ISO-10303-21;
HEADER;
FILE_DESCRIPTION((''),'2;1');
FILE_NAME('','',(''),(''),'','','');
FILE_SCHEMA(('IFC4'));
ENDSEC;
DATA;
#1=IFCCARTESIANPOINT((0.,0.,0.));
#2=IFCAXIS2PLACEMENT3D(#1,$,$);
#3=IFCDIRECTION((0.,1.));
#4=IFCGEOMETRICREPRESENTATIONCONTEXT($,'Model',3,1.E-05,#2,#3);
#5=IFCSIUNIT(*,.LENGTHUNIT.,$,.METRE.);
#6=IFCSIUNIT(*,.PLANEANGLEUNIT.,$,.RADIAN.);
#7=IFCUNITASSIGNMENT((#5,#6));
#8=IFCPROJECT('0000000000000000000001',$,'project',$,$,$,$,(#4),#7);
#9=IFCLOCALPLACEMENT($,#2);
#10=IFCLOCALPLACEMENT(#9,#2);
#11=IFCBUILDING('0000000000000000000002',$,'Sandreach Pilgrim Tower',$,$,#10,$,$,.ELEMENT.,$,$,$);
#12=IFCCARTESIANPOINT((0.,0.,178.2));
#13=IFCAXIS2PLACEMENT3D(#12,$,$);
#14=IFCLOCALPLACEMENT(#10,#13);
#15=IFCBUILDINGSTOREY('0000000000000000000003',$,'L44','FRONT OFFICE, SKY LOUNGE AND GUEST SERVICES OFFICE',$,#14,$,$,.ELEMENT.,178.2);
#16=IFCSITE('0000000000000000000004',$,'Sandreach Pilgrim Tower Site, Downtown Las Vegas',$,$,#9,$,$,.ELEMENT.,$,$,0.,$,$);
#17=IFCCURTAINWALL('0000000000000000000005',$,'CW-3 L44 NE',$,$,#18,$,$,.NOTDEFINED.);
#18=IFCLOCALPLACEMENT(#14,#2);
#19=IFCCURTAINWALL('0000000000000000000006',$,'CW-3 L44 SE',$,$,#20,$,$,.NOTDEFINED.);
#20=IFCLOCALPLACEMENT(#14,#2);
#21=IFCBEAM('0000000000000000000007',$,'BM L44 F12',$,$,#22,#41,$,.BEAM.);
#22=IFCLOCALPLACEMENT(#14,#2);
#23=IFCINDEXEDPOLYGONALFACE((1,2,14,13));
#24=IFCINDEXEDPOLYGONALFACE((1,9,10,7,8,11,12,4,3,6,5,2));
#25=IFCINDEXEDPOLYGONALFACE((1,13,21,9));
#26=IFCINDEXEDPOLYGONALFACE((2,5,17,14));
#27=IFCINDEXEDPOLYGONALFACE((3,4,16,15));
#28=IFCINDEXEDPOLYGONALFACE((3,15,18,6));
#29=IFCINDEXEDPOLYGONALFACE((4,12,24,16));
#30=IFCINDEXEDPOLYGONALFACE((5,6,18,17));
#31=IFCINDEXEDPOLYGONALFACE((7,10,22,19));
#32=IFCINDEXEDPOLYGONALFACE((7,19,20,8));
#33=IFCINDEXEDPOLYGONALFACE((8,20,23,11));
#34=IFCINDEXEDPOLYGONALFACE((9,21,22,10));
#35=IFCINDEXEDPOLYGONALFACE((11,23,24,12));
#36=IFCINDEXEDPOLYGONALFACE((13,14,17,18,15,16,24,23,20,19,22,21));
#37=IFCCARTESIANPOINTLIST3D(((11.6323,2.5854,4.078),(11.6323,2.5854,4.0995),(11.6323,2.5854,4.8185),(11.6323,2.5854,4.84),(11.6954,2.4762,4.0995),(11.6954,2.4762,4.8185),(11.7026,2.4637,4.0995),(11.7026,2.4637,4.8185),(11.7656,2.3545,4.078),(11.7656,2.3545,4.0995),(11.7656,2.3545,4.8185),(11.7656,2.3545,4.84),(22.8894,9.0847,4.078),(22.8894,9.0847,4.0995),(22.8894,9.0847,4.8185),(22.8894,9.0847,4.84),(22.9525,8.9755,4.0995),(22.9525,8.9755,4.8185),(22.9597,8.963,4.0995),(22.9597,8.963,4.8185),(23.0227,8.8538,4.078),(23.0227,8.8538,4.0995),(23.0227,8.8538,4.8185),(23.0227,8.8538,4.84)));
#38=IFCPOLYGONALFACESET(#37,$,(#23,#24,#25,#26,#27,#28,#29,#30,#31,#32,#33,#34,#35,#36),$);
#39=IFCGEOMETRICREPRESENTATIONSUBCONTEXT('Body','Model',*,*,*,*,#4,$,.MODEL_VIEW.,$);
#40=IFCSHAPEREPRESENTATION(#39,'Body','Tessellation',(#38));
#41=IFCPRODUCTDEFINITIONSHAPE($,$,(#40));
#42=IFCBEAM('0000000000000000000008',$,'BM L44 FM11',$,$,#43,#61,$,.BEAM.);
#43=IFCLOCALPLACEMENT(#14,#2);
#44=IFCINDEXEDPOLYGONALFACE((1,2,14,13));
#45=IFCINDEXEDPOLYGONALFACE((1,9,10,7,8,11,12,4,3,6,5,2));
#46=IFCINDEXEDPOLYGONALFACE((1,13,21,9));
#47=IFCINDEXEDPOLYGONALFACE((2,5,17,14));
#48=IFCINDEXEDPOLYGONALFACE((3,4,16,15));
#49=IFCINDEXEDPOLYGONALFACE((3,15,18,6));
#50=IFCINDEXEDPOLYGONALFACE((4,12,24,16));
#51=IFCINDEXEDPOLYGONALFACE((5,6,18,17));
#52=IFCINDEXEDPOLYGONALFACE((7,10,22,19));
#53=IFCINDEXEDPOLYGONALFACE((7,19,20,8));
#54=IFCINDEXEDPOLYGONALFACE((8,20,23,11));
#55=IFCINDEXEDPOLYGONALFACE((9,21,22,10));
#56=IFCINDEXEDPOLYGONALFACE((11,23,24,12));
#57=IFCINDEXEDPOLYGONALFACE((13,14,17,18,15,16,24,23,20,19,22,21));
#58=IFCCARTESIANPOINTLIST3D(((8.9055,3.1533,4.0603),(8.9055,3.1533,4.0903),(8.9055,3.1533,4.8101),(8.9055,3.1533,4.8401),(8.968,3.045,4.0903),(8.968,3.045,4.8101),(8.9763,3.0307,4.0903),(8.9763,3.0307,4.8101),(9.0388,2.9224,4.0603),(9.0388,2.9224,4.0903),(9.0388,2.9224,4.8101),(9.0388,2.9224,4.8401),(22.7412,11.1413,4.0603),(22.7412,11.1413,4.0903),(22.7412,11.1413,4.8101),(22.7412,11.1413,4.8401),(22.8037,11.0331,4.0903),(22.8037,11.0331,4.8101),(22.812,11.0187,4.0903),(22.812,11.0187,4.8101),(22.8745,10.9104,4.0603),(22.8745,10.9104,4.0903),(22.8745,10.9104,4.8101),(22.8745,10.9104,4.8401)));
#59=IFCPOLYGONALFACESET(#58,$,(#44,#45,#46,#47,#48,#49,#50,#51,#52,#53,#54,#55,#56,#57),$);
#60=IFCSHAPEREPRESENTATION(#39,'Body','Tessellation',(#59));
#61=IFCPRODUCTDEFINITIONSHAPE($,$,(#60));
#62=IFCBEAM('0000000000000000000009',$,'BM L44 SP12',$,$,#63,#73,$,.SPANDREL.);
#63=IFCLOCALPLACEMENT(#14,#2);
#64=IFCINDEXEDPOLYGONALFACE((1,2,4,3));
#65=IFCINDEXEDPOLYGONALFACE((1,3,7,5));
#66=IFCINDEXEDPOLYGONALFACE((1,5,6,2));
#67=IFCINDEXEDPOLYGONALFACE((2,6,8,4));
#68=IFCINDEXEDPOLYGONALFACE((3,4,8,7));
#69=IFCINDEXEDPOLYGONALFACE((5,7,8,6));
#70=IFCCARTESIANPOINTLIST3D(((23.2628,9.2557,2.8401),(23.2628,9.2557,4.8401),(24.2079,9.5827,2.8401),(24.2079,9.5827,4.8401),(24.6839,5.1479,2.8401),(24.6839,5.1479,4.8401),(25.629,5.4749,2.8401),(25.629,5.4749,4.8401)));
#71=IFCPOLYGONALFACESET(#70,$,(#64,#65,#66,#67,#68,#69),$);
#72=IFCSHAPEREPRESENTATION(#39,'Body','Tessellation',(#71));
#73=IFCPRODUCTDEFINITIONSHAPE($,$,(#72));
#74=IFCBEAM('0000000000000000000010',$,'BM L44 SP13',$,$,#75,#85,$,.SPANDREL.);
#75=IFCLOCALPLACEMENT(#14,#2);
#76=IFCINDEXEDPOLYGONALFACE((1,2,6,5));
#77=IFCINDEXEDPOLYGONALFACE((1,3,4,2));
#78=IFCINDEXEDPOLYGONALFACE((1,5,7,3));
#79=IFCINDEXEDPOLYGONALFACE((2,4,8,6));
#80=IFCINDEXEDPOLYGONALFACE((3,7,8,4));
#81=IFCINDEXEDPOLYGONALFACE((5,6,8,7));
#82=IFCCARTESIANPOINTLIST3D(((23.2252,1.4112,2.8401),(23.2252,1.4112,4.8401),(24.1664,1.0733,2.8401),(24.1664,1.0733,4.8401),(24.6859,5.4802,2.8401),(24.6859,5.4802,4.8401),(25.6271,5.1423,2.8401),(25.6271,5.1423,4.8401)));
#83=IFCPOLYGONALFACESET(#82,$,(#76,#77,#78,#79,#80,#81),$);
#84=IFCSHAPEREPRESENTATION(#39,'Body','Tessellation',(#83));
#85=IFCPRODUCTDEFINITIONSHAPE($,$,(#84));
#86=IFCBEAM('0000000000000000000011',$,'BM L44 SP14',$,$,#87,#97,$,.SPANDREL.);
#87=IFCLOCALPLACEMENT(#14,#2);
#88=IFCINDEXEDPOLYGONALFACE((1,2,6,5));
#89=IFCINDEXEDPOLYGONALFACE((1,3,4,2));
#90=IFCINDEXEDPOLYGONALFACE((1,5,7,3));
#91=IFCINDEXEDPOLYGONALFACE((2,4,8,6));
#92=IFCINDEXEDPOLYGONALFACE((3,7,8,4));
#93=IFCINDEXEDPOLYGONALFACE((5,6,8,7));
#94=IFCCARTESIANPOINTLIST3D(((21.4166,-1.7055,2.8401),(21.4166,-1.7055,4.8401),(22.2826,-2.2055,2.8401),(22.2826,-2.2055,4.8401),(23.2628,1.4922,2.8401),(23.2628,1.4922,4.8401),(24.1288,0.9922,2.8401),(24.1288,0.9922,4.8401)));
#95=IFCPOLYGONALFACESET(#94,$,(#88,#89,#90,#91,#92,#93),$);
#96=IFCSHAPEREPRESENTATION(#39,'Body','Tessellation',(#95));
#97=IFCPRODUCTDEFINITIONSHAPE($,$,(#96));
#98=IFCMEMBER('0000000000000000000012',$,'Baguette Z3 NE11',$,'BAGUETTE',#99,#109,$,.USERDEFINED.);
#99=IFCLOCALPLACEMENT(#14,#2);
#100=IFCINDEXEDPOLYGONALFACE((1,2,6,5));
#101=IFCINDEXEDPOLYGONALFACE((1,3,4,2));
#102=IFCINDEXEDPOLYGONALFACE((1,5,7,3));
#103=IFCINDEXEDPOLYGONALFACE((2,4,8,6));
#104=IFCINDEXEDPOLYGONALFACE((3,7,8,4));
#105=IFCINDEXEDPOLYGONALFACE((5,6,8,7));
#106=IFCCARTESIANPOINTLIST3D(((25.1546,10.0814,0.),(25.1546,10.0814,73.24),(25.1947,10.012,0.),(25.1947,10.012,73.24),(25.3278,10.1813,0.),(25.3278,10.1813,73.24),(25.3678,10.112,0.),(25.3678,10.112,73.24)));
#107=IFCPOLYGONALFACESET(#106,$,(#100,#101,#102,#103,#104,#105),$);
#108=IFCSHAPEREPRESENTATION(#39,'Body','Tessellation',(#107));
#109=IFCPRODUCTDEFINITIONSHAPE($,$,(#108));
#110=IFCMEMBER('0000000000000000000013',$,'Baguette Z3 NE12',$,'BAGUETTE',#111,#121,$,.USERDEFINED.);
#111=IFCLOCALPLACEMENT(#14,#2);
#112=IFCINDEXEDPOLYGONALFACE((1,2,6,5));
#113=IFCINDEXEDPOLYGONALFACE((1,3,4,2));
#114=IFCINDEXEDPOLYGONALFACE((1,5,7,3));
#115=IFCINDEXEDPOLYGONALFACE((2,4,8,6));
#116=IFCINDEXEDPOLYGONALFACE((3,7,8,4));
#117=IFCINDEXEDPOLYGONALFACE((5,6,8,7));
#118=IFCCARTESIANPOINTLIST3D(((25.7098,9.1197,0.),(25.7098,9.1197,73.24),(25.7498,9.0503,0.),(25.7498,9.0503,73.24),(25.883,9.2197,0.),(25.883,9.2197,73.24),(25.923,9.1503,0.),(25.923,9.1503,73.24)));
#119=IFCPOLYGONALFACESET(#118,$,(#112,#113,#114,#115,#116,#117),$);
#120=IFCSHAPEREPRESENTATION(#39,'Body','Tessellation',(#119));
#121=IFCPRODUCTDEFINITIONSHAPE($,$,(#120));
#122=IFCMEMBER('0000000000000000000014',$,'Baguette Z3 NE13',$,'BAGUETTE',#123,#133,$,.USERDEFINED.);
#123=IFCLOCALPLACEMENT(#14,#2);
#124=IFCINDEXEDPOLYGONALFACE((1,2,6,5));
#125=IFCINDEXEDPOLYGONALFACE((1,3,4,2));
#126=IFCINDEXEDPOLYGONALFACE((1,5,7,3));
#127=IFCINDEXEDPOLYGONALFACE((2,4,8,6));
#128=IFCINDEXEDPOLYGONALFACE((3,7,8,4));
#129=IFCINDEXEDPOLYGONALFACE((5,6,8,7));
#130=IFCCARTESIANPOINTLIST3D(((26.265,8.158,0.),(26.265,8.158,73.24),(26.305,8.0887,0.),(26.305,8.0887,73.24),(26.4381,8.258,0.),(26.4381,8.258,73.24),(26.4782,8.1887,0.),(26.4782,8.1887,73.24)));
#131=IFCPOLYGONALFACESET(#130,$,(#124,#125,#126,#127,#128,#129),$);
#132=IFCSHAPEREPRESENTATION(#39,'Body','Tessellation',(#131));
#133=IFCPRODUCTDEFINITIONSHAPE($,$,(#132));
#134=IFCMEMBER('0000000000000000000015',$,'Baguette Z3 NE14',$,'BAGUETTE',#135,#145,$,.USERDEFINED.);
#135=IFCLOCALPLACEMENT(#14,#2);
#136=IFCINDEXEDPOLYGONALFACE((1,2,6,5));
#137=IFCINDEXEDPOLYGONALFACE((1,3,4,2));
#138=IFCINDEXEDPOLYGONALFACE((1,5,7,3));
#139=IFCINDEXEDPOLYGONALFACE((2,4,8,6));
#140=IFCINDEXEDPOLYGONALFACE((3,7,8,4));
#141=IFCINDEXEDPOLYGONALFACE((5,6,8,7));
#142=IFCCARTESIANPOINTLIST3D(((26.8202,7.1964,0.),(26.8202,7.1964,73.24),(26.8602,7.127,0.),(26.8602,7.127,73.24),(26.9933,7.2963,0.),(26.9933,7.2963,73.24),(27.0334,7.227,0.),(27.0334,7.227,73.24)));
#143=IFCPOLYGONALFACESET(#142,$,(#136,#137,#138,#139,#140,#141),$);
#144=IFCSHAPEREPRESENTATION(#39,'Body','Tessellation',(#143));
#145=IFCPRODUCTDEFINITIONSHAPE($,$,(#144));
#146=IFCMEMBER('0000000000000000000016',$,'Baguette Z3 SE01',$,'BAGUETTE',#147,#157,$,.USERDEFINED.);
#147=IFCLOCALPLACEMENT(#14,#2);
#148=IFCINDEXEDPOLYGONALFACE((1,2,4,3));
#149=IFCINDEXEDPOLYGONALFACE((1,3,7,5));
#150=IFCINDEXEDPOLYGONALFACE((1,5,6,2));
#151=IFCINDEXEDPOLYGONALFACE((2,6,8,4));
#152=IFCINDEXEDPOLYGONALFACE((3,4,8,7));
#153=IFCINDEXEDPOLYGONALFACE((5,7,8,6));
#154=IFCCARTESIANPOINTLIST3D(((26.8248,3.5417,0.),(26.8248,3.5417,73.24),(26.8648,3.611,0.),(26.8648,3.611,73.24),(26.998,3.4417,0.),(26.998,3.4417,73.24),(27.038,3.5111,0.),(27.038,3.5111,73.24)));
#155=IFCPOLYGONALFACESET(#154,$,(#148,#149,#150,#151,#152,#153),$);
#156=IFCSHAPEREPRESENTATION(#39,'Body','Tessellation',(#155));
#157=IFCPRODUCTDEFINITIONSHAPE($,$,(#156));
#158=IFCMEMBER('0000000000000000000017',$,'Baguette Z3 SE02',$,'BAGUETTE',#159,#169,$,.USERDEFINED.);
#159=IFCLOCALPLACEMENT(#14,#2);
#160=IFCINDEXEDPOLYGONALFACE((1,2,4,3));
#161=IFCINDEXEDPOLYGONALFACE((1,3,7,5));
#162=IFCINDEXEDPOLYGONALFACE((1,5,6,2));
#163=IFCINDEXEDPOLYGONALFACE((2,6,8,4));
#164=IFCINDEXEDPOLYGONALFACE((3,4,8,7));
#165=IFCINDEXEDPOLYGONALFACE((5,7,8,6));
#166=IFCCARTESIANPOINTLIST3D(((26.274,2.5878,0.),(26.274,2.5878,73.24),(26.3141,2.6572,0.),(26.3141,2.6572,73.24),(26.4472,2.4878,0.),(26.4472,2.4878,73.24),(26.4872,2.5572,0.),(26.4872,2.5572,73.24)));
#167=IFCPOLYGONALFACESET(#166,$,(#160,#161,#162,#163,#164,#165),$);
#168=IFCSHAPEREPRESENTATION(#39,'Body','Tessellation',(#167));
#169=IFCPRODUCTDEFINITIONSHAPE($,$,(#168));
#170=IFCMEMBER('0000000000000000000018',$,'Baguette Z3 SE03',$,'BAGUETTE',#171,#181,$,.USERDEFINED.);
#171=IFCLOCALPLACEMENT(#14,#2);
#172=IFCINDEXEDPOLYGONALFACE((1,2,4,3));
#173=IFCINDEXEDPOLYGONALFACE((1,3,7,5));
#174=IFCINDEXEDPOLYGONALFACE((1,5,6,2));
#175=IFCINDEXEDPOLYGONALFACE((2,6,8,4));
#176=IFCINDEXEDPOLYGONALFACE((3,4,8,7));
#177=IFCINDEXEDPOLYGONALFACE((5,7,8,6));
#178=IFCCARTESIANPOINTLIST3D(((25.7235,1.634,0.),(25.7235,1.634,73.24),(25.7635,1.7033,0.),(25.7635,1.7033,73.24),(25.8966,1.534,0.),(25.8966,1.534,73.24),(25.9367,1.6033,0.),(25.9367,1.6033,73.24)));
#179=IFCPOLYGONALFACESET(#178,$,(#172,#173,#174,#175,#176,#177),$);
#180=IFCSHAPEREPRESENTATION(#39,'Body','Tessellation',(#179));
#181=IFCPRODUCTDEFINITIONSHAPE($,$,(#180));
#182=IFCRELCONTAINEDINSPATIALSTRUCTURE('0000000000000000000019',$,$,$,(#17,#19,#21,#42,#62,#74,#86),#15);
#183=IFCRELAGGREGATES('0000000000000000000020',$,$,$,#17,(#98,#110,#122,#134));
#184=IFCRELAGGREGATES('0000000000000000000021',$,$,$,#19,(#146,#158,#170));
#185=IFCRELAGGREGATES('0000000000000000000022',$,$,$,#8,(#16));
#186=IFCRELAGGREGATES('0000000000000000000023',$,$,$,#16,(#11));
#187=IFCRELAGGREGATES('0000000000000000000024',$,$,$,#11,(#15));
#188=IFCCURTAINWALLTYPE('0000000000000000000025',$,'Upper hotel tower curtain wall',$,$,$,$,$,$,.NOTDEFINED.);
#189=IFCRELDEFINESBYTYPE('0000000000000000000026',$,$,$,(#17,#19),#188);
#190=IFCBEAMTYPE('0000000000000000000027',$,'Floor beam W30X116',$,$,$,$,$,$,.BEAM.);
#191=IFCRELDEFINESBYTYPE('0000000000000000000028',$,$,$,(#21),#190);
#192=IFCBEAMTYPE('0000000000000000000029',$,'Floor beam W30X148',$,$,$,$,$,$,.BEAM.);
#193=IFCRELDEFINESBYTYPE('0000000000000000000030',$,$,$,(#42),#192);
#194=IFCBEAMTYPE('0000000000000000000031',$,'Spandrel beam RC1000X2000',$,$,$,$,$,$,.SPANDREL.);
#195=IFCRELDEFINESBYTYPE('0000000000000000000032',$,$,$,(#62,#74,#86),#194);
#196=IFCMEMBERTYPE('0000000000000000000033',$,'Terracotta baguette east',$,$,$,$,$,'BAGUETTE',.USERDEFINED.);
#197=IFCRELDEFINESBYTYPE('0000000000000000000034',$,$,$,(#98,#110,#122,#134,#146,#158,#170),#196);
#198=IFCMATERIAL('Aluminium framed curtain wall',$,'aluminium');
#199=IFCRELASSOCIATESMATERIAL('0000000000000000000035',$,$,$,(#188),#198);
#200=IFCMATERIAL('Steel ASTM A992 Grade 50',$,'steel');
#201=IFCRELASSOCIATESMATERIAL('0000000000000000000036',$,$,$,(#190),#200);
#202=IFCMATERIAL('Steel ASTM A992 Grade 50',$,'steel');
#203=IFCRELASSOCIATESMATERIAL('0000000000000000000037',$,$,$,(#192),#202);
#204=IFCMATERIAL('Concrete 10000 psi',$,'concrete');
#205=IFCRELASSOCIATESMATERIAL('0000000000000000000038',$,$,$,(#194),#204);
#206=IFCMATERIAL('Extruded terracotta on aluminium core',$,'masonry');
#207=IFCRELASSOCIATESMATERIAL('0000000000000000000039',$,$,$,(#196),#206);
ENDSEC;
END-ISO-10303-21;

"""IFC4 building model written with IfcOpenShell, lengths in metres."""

from ifc_helpers import new_model, si_unit, direction, frame, origin, origin_2d, place, context, subcontext, project, spatial, rectangle, i_section, extrude, material, material_profile, profile_set, type_object, element, aggregate, save


model = new_model("IFC4")

# Units and contexts
model_context = context("Model", 3, precision=1e-05, world=origin(), true_north=direction((0.0, 1.0)))
body_context = subcontext(model_context, "Body", "Model", "MODEL_VIEW")
ifc_project = project(units=[si_unit("LENGTHUNIT", "METRE"), si_unit("PLANEANGLEUNIT", "RADIAN")], contexts=[model_context])

# Site, building, storey
site_placement = place(None, origin())
site = spatial("IfcSite", under=ifc_project, at=site_placement, Name="Sandreach Pilgrim Tower Site, Downtown Las Vegas", CompositionType="ELEMENT", RefElevation=0.0)
building_placement = place(site_placement, origin())
building = spatial("IfcBuilding", under=site, at=building_placement, Name="Sandreach Pilgrim Tower", CompositionType="ELEMENT")
storey_placement = place(building_placement, frame((0.0, 0.0, 178.2)))
storey = spatial("IfcBuildingStorey", under=building, at=storey_placement, Name="L44", Description="FRONT OFFICE, SKY LOUNGE AND GUEST SERVICES OFFICE", CompositionType="ELEMENT", Elevation=178.2)

# Curtain walls
ifc_material_1 = material(Name="Aluminium framed curtain wall", Category="aluminium")
curtain_wall_type = type_object("IfcCurtainWallType", Name="Upper hotel tower curtain wall", PredefinedType="NOTDEFINED", material=ifc_material_1)
curtain_wall_1_placement = place(storey_placement, origin())
curtain_wall_1 = element("IfcCurtainWall", 1, at=curtain_wall_1_placement, inside=storey, type_object=curtain_wall_type, Name="CW-3 L44 NE", PredefinedType="NOTDEFINED")
curtain_wall_2_placement = place(storey_placement, origin())
curtain_wall_2 = element("IfcCurtainWall", 2, at=curtain_wall_2_placement, inside=storey, type_object=curtain_wall_type, Name="CW-3 L44 SE", PredefinedType="NOTDEFINED")

# Beams
ifc_material_2 = material(Name="Steel ASTM A992 Grade 50", Category="steel")
ifc_material_profile_1 = material_profile(ifc_material_2, i_section(OverallWidth=0.2666, OverallDepth=0.762, WebThickness=0.0144, FlangeThickness=0.0215, at=origin_2d()), Name="W30X116")
ifc_profile_set_1 = profile_set([ifc_material_profile_1], Name="Steel ASTM A992 Grade 50")
beam_type_1 = type_object("IfcBeamType", Name="Floor beam W30X116", PredefinedType="BEAM", material=ifc_profile_set_1)
beam_1_placement = place(storey_placement, frame((22.9561, 8.9692, 4.459), z_axis=(-0.866026, -0.499999, 0.0), x_axis=(0.499999, -0.866026, 0.0)))
element("IfcBeam", 3, at=beam_1_placement, inside=storey, type_object=beam_type_1, Name="BM L44 F12", PredefinedType="BEAM", context=body_context, shape_type="SweptSolid", body=[
    extrude(i_section(OverallWidth=0.2666, OverallDepth=0.762, WebThickness=0.0144, FlangeThickness=0.0215, at=origin_2d()), origin(), (0.0, 0.0, 1.0), 12.9985),
])
ifc_material_3 = material(Name="Steel ASTM A992 Grade 50", Category="steel")
ifc_material_profile_2 = material_profile(ifc_material_3, i_section(OverallWidth=0.2666, OverallDepth=0.7798, WebThickness=0.0166, FlangeThickness=0.03, at=origin_2d()), Name="W30X148")
ifc_profile_set_2 = profile_set([ifc_material_profile_2], Name="Steel ASTM A992 Grade 50")
beam_type_2 = type_object("IfcBeamType", Name="Floor beam W30X148", PredefinedType="BEAM", material=ifc_profile_set_2)
beam_2_placement = place(storey_placement, frame((22.8079, 11.0259, 4.4502), z_axis=(-0.866026, -0.5, 0.0), x_axis=(0.5, -0.866026, 0.0)))
element("IfcBeam", 4, at=beam_2_placement, inside=storey, type_object=beam_type_2, Name="BM L44 FM11", PredefinedType="BEAM", context=body_context, shape_type="SweptSolid", body=[
    extrude(i_section(OverallWidth=0.2666, OverallDepth=0.7798, WebThickness=0.0166, FlangeThickness=0.03, at=origin_2d()), origin(), (0.0, 0.0, 1.0), 15.9761),
])
ifc_material_4 = material(Name="Concrete 10000 psi", Category="concrete")
ifc_material_profile_3 = material_profile(ifc_material_4, rectangle(XDim=1.0, YDim=2.0, at=origin_2d()), Name="RC1000X2000")
ifc_profile_set_3 = profile_set([ifc_material_profile_3], Name="Concrete 10000 psi")
beam_type_3 = type_object("IfcBeamType", Name="Spandrel beam RC1000X2000", PredefinedType="SPANDREL", material=ifc_profile_set_3)
beam_3_placement = place(storey_placement, frame((23.7354, 9.4192, 3.8401), z_axis=(0.326941, -0.945045, 0.0), x_axis=(0.945045, 0.326941, 0.0)))
element("IfcBeam", 5, at=beam_3_placement, inside=storey, type_object=beam_type_3, Name="BM L44 SP12", PredefinedType="SPANDREL", context=body_context, shape_type="SweptSolid", body=[
    extrude(rectangle(XDim=1.0, YDim=2.0, at=origin_2d()), origin(), (0.0, 0.0, 1.0), 4.3467),
])
beam_4_placement = place(storey_placement, frame((25.1565, 5.3113, 3.8401), z_axis=(-0.337863, -0.941195, 0.0), x_axis=(0.941195, -0.337863, 0.0)))
element("IfcBeam", 6, at=beam_4_placement, inside=storey, type_object=beam_type_3, Name="BM L44 SP13", PredefinedType="SPANDREL", context=body_context, shape_type="SweptSolid", body=[
    extrude(rectangle(XDim=1.0, YDim=2.0, at=origin_2d()), origin(), (0.0, 0.0, 1.0), 4.3232),
])
beam_5_placement = place(storey_placement, frame((23.6958, 1.2422, 3.8401), z_axis=(-0.499993, -0.866029, 0.0), x_axis=(0.866029, -0.499993, 0.0)))
element("IfcBeam", 7, at=beam_5_placement, inside=storey, type_object=beam_type_3, Name="BM L44 SP14", PredefinedType="SPANDREL", context=body_context, shape_type="SweptSolid", body=[
    extrude(rectangle(XDim=1.0, YDim=2.0, at=origin_2d()), origin(), (0.0, 0.0, 1.0), 3.6924),
])

# Members
ifc_material_5 = material(Name="Extruded terracotta on aluminium core", Category="masonry")
ifc_material_profile_4 = material_profile(ifc_material_5, rectangle(XDim=0.0801, YDim=0.2, at=origin_2d()), Name="TBE 80X200")
ifc_profile_set_4 = profile_set([ifc_material_profile_4], Name="Extruded terracotta on aluminium core")
member_type_1 = type_object("IfcMemberType", Name="Terracotta baguette east", ElementType="BAGUETTE", PredefinedType="USERDEFINED", material=ifc_profile_set_4)
member_1_placement = place(storey_placement, frame((25.2612, 10.0967, 0.0), z_axis=(0.0, 0.0, 1.0), x_axis=(0.5, -0.866025, 0.0)))
member_1 = element("IfcMember", 8, at=member_1_placement, type_object=member_type_1, Name="Baguette Z3 NE11", ObjectType="BAGUETTE", PredefinedType="USERDEFINED", context=body_context, shape_type="SweptSolid", body=[
    extrude(rectangle(XDim=0.0801, YDim=0.2, at=origin_2d()), origin(), (0.0, 0.0, 1.0), 73.24),
])
member_2_placement = place(storey_placement, frame((25.8164, 9.135, 0.0), z_axis=(0.0, 0.0, 1.0), x_axis=(0.5, -0.866025, 0.0)))
member_2 = element("IfcMember", 9, at=member_2_placement, type_object=member_type_1, Name="Baguette Z3 NE12", ObjectType="BAGUETTE", PredefinedType="USERDEFINED", context=body_context, shape_type="SweptSolid", body=[
    extrude(rectangle(XDim=0.0801, YDim=0.2, at=origin_2d()), origin(), (0.0, 0.0, 1.0), 73.24),
])
member_3_placement = place(storey_placement, frame((26.3716, 8.1733, 0.0), z_axis=(0.0, 0.0, 1.0), x_axis=(0.5, -0.866025, 0.0)))
member_3 = element("IfcMember", 10, at=member_3_placement, type_object=member_type_1, Name="Baguette Z3 NE13", ObjectType="BAGUETTE", PredefinedType="USERDEFINED", context=body_context, shape_type="SweptSolid", body=[
    extrude(rectangle(XDim=0.0801, YDim=0.2, at=origin_2d()), origin(), (0.0, 0.0, 1.0), 73.24),
])
member_4_placement = place(storey_placement, frame((26.9268, 7.2117, 0.0), z_axis=(0.0, 0.0, 1.0), x_axis=(0.5, -0.866025, 0.0)))
member_4 = element("IfcMember", 11, at=member_4_placement, type_object=member_type_1, Name="Baguette Z3 NE14", ObjectType="BAGUETTE", PredefinedType="USERDEFINED", context=body_context, shape_type="SweptSolid", body=[
    extrude(rectangle(XDim=0.0801, YDim=0.2, at=origin_2d()), origin(), (0.0, 0.0, 1.0), 73.24),
])
member_5_placement = place(storey_placement, frame((26.9314, 3.5264, 0.0), z_axis=(0.0, 0.0, 1.0), x_axis=(-0.5, -0.866025, 0.0)))
member_5 = element("IfcMember", 12, at=member_5_placement, type_object=member_type_1, Name="Baguette Z3 SE01", ObjectType="BAGUETTE", PredefinedType="USERDEFINED", context=body_context, shape_type="SweptSolid", body=[
    extrude(rectangle(XDim=0.0801, YDim=0.2, at=origin_2d()), origin(), (0.0, 0.0, 1.0), 73.24),
])
member_6_placement = place(storey_placement, frame((26.3806, 2.5725, 0.0), z_axis=(0.0, 0.0, 1.0), x_axis=(-0.5, -0.866025, 0.0)))
member_6 = element("IfcMember", 13, at=member_6_placement, type_object=member_type_1, Name="Baguette Z3 SE02", ObjectType="BAGUETTE", PredefinedType="USERDEFINED", context=body_context, shape_type="SweptSolid", body=[
    extrude(rectangle(XDim=0.0801, YDim=0.2, at=origin_2d()), origin(), (0.0, 0.0, 1.0), 73.24),
])
member_7_placement = place(storey_placement, frame((25.8301, 1.6187, 0.0), z_axis=(0.0, 0.0, 1.0), x_axis=(-0.5, -0.866025, 0.0)))
member_7 = element("IfcMember", 14, at=member_7_placement, type_object=member_type_1, Name="Baguette Z3 SE03", ObjectType="BAGUETTE", PredefinedType="USERDEFINED", context=body_context, shape_type="SweptSolid", body=[
    extrude(rectangle(XDim=0.0801, YDim=0.2, at=origin_2d()), origin(), (0.0, 0.0, 1.0), 73.24),
])

aggregate(curtain_wall_1, [member_1, member_2, member_3, member_4])
aggregate(curtain_wall_2, [member_5, member_6, member_7])

save(model, "model.ifc")
